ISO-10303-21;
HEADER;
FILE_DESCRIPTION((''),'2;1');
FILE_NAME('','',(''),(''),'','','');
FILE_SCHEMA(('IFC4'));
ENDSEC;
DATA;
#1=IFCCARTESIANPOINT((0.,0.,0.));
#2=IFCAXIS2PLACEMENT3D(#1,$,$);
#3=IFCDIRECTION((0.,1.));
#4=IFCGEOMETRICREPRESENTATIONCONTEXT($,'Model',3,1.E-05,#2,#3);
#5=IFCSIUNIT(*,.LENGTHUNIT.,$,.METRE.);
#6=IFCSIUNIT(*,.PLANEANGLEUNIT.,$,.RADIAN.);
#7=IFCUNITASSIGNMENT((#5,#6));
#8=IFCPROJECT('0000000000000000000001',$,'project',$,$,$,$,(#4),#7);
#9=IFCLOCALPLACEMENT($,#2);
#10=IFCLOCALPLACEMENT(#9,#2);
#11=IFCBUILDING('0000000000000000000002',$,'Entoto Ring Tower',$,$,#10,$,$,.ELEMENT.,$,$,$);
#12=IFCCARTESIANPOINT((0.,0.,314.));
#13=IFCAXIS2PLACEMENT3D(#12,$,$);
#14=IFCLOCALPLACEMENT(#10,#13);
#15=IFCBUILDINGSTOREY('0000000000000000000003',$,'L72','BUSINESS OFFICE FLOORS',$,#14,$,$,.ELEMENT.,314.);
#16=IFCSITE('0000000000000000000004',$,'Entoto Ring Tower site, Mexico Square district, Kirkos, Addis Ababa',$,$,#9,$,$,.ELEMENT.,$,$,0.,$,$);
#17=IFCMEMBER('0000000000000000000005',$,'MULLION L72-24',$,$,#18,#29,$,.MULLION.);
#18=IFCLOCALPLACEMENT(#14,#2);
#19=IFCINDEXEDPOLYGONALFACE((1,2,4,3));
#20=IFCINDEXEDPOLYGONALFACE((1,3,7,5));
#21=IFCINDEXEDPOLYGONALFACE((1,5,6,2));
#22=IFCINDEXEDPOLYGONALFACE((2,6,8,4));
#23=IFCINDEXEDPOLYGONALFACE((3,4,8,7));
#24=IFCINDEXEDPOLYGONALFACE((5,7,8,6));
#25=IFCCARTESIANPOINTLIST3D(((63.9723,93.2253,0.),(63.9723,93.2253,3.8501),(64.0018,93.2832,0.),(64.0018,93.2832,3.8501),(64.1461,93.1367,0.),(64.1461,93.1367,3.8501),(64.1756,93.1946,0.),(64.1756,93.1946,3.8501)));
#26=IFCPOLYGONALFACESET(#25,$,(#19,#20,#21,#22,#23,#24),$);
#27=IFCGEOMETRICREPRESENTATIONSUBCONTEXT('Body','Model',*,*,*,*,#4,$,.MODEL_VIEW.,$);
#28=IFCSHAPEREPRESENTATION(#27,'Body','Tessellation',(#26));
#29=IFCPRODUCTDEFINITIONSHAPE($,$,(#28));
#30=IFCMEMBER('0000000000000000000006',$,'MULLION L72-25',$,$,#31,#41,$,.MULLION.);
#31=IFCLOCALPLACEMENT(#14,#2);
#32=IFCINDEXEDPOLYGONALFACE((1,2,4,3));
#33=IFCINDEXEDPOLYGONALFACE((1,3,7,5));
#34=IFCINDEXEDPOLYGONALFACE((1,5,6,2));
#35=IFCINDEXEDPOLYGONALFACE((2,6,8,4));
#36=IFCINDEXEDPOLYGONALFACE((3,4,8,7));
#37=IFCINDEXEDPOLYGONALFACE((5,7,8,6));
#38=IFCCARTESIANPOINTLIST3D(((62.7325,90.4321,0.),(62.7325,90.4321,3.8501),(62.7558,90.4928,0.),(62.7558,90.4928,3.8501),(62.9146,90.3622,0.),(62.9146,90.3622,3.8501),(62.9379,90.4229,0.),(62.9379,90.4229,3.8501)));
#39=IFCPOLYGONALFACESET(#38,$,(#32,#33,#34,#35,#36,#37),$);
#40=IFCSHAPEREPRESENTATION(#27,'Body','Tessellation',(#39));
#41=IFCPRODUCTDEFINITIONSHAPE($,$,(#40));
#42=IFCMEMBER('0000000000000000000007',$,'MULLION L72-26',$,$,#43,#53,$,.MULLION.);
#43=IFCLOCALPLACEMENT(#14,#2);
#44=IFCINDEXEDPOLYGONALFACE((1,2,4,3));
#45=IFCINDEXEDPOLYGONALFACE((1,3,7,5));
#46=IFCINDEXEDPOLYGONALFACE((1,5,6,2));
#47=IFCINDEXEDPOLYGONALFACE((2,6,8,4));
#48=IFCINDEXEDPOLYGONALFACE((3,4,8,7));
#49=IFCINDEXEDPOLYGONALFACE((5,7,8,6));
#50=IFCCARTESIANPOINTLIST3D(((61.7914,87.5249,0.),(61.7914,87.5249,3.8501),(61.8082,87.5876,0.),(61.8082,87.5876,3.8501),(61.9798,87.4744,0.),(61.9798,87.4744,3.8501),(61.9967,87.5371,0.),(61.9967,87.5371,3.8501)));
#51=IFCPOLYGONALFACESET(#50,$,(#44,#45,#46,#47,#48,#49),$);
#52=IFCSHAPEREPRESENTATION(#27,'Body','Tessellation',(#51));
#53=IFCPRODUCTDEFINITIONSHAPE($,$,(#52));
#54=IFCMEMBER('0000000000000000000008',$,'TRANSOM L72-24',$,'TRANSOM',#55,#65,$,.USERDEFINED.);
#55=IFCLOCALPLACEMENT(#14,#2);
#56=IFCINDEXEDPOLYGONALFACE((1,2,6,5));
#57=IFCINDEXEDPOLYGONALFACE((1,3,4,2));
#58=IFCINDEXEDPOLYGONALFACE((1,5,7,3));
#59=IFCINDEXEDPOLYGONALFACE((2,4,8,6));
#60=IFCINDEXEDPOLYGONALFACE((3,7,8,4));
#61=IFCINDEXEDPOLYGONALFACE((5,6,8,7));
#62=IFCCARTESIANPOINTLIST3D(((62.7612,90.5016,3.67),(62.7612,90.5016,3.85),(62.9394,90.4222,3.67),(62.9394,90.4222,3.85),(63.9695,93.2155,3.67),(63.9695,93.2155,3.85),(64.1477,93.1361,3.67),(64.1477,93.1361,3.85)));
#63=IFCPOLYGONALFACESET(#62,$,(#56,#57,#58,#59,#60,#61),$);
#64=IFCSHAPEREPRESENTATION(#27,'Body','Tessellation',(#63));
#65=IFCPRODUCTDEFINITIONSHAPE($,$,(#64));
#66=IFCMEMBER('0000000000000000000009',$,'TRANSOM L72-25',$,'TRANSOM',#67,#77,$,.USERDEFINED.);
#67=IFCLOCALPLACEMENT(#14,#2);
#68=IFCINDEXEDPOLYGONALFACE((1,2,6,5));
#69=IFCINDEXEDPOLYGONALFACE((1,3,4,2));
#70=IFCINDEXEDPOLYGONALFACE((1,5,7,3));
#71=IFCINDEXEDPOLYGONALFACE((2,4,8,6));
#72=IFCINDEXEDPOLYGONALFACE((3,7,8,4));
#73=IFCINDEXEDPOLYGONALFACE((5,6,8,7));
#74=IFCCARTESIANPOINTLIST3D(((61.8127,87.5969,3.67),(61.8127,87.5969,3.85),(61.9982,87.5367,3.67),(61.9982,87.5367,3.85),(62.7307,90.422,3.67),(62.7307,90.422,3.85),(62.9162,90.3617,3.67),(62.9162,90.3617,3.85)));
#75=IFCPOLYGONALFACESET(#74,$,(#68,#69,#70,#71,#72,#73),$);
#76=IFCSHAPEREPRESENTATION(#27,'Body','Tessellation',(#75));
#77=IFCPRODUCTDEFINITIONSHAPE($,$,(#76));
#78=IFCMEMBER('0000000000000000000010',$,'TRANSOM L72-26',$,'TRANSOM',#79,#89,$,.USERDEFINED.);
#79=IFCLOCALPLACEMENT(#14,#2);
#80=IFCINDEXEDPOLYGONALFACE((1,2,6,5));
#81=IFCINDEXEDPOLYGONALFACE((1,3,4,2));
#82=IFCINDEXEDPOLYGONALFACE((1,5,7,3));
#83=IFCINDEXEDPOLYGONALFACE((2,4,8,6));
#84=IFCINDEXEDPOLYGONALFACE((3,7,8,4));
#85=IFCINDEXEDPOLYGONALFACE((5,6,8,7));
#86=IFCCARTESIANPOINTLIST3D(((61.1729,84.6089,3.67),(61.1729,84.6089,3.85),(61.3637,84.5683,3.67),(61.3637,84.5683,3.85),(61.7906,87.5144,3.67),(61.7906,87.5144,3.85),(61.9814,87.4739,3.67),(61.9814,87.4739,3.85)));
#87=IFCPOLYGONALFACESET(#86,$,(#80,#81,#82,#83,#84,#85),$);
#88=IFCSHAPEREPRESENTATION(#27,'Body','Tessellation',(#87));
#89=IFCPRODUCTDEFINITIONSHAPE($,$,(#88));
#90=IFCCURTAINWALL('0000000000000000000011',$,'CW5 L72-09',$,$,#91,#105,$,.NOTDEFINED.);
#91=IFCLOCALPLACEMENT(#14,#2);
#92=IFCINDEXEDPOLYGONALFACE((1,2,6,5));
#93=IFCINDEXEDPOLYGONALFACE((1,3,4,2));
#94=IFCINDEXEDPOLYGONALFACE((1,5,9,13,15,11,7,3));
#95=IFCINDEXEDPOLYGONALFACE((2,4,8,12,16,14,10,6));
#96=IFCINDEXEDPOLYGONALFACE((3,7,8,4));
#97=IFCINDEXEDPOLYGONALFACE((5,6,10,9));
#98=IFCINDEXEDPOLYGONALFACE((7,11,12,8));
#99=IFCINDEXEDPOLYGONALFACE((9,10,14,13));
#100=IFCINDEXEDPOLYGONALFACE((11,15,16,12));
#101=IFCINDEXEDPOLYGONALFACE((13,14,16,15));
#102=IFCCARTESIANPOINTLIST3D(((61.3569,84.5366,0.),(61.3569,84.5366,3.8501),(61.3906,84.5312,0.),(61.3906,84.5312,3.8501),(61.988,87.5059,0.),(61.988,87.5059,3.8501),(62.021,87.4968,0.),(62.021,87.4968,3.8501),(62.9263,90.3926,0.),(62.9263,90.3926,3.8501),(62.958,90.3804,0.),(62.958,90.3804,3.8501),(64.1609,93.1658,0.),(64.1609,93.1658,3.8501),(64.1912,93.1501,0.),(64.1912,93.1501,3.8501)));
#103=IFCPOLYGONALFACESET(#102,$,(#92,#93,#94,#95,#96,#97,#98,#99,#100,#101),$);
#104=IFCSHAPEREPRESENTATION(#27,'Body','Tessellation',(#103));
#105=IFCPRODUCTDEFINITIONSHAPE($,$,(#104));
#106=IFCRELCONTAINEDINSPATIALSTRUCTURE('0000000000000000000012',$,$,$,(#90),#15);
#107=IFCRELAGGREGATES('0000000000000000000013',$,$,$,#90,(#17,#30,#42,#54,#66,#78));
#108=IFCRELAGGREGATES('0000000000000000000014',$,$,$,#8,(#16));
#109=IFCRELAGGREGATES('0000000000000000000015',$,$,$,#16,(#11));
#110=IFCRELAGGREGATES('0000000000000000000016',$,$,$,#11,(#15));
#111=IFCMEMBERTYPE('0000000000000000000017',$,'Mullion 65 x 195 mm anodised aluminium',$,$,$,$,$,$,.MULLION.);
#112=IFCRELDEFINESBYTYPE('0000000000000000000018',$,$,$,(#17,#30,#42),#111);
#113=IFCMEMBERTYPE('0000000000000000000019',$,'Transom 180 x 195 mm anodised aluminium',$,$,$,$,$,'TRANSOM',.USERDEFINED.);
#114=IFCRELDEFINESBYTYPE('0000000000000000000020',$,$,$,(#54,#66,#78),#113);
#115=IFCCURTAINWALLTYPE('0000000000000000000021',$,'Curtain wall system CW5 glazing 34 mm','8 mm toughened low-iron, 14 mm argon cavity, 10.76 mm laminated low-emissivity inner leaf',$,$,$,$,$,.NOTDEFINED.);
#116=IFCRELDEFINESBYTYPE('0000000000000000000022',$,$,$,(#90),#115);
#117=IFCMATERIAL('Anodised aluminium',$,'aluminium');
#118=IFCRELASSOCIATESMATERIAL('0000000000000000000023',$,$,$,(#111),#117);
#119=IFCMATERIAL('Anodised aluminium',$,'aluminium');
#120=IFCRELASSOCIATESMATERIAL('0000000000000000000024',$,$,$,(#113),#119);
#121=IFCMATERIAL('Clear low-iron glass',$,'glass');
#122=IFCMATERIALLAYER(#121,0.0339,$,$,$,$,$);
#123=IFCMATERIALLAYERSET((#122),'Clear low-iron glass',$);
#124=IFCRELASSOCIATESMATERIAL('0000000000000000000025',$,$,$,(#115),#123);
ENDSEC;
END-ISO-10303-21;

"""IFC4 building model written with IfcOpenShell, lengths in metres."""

from ifc_helpers import new_model, si_unit, direction, frame, origin, origin_2d, place, context, subcontext, project, spatial, polyline, rectangle, outline, extrude, material, layer, layer_set, material_profile, profile_set, type_object, element, aggregate, save


model = new_model("IFC4")

# Units and contexts
model_context = context("Model", 3, precision=1e-05, world=origin(), true_north=direction((0.0, 1.0)))
body_context = subcontext(model_context, "Body", "Model", "MODEL_VIEW")
ifc_project = project(units=[si_unit("LENGTHUNIT", "METRE"), si_unit("PLANEANGLEUNIT", "RADIAN")], contexts=[model_context])

# Members
ifc_material_1 = material(Name="Anodised aluminium", Category="aluminium")
ifc_material_profile_1 = material_profile(ifc_material_1, rectangle(XDim=0.0649, YDim=0.1951, at=origin_2d()), Name="Mullion 65 x 195 mm anodised aluminium")
ifc_profile_set_1 = profile_set([ifc_material_profile_1], Name="Anodised aluminium")
member_type_1 = type_object("IfcMemberType", Name="Mullion 65 x 195 mm anodised aluminium", PredefinedType="MULLION", material=ifc_profile_set_1)
site_placement = place(None, origin())
building_placement = place(site_placement, origin())
storey_placement = place(building_placement, frame((0.0, 0.0, 314.0)))
member_1_placement = place(storey_placement, frame((64.074, 93.21, 0.0), z_axis=(0.0, 0.0, 1.0), x_axis=(-0.45399, -0.891007, 0.0)))
member_1 = element("IfcMember", 1, at=member_1_placement, type_object=member_type_1, Name="MULLION L72-24", PredefinedType="MULLION", context=body_context, shape_type="SweptSolid", body=[
    extrude(rectangle(XDim=0.0649, YDim=0.1951, at=origin_2d()), origin(), (0.0, 0.0, 1.0), 3.8501),
])
member_2_placement = place(storey_placement, frame((62.8352, 90.4275, 0.0), z_axis=(0.0, 0.0, 1.0), x_axis=(-0.358368, -0.93358, 0.0)))
member_2 = element("IfcMember", 2, at=member_2_placement, type_object=member_type_1, Name="MULLION L72-25", PredefinedType="MULLION", context=body_context, shape_type="SweptSolid", body=[
    extrude(rectangle(XDim=0.0649, YDim=0.1951, at=origin_2d()), origin(), (0.0, 0.0, 1.0), 3.8501),
])
member_3_placement = place(storey_placement, frame((61.894, 87.531, 0.0), z_axis=(0.0, 0.0, 1.0), x_axis=(-0.258819, -0.965926, 0.0)))
member_3 = element("IfcMember", 3, at=member_3_placement, type_object=member_type_1, Name="MULLION L72-26", PredefinedType="MULLION", context=body_context, shape_type="SweptSolid", body=[
    extrude(rectangle(XDim=0.0649, YDim=0.1951, at=origin_2d()), origin(), (0.0, 0.0, 1.0), 3.8501),
])
ifc_material_2 = material(Name="Anodised aluminium", Category="aluminium")
ifc_material_profile_2 = material_profile(ifc_material_2, rectangle(XDim=0.1951, YDim=0.1799, at=origin_2d()), Name="Transom 180 x 195 mm anodised aluminium")
ifc_profile_set_2 = profile_set([ifc_material_profile_2], Name="Anodised aluminium")
member_type_2 = type_object("IfcMemberType", Name="Transom 180 x 195 mm anodised aluminium", ElementType="TRANSOM", PredefinedType="USERDEFINED", material=ifc_profile_set_2)
member_4_placement = place(storey_placement, frame((64.0586, 93.1758, 3.76), z_axis=(-0.406726, -0.91355, 0.0), x_axis=(0.91355, -0.406726, 0.0)))
member_4 = element("IfcMember", 4, at=member_4_placement, type_object=member_type_2, Name="TRANSOM L72-24", ObjectType="TRANSOM", PredefinedType="USERDEFINED", context=body_context, shape_type="SweptSolid", body=[
    extrude(rectangle(XDim=0.1951, YDim=0.1799, at=origin_2d()), origin(), (0.0, 0.0, 1.0), 2.9707),
])
member_5_placement = place(storey_placement, frame((62.8235, 90.3918, 3.76), z_axis=(-0.309043, -0.951048, 0.0), x_axis=(0.951048, -0.309043, 0.0)))
member_5 = element("IfcMember", 5, at=member_5_placement, type_object=member_type_2, Name="TRANSOM L72-25", ObjectType="TRANSOM", PredefinedType="USERDEFINED", context=body_context, shape_type="SweptSolid", body=[
    extrude(rectangle(XDim=0.1951, YDim=0.1799, at=origin_2d()), origin(), (0.0, 0.0, 1.0), 2.9705),
])
member_6_placement = place(storey_placement, frame((61.886, 87.4941, 3.76), z_axis=(-0.20794, -0.978142, 0.0), x_axis=(0.978142, -0.20794, 0.0)))
member_6 = element("IfcMember", 6, at=member_6_placement, type_object=member_type_2, Name="TRANSOM L72-26", ObjectType="TRANSOM", PredefinedType="USERDEFINED", context=body_context, shape_type="SweptSolid", body=[
    extrude(rectangle(XDim=0.1951, YDim=0.1799, at=origin_2d()), origin(), (0.0, 0.0, 1.0), 2.9705),
])

# Site, building, storey
site = spatial("IfcSite", under=ifc_project, at=site_placement, Name="Entoto Ring Tower site, Mexico Square district, Kirkos, Addis Ababa", CompositionType="ELEMENT", RefElevation=0.0)
building = spatial("IfcBuilding", under=site, at=building_placement, Name="Entoto Ring Tower", CompositionType="ELEMENT")
storey = spatial("IfcBuildingStorey", under=building, at=storey_placement, Name="L72", Description="BUSINESS OFFICE FLOORS", CompositionType="ELEMENT", Elevation=314.0)

# Curtain wall
ifc_material_3 = material(Name="Clear low-iron glass", Category="glass")
ifc_layer = layer(ifc_material_3, 0.0339)
ifc_layer_set = layer_set([ifc_layer], Name="Clear low-iron glass")
curtain_wall_type = type_object("IfcCurtainWallType", Name="Curtain wall system CW5 glazing 34 mm", Description="8 mm toughened low-iron, 14 mm argon cavity, 10.76 mm laminated low-emissivity inner leaf", PredefinedType="NOTDEFINED", material=ifc_layer_set)
curtain_wall_1_placement = place(storey_placement, origin())
curtain_wall_1 = element("IfcCurtainWall", 7, at=curtain_wall_1_placement, inside=storey, type_object=curtain_wall_type, Name="CW5 L72-09", PredefinedType="NOTDEFINED", context=body_context, shape_type="SweptSolid", body=[
    extrude(outline(polyline([(64.1609, 93.1658), (62.9263, 90.3926), (61.988, 87.5059), (61.3569, 84.5366), (61.3906, 84.5312), (62.021, 87.4968), (62.958, 90.3804), (64.1912, 93.1501), (64.1609, 93.1658)])), origin(), (0.0, 0.0, 1.0), 3.8501),
])
aggregate(curtain_wall_1, [member_1, member_2, member_3, member_4, member_5, member_6])

save(model, "model.ifc")
